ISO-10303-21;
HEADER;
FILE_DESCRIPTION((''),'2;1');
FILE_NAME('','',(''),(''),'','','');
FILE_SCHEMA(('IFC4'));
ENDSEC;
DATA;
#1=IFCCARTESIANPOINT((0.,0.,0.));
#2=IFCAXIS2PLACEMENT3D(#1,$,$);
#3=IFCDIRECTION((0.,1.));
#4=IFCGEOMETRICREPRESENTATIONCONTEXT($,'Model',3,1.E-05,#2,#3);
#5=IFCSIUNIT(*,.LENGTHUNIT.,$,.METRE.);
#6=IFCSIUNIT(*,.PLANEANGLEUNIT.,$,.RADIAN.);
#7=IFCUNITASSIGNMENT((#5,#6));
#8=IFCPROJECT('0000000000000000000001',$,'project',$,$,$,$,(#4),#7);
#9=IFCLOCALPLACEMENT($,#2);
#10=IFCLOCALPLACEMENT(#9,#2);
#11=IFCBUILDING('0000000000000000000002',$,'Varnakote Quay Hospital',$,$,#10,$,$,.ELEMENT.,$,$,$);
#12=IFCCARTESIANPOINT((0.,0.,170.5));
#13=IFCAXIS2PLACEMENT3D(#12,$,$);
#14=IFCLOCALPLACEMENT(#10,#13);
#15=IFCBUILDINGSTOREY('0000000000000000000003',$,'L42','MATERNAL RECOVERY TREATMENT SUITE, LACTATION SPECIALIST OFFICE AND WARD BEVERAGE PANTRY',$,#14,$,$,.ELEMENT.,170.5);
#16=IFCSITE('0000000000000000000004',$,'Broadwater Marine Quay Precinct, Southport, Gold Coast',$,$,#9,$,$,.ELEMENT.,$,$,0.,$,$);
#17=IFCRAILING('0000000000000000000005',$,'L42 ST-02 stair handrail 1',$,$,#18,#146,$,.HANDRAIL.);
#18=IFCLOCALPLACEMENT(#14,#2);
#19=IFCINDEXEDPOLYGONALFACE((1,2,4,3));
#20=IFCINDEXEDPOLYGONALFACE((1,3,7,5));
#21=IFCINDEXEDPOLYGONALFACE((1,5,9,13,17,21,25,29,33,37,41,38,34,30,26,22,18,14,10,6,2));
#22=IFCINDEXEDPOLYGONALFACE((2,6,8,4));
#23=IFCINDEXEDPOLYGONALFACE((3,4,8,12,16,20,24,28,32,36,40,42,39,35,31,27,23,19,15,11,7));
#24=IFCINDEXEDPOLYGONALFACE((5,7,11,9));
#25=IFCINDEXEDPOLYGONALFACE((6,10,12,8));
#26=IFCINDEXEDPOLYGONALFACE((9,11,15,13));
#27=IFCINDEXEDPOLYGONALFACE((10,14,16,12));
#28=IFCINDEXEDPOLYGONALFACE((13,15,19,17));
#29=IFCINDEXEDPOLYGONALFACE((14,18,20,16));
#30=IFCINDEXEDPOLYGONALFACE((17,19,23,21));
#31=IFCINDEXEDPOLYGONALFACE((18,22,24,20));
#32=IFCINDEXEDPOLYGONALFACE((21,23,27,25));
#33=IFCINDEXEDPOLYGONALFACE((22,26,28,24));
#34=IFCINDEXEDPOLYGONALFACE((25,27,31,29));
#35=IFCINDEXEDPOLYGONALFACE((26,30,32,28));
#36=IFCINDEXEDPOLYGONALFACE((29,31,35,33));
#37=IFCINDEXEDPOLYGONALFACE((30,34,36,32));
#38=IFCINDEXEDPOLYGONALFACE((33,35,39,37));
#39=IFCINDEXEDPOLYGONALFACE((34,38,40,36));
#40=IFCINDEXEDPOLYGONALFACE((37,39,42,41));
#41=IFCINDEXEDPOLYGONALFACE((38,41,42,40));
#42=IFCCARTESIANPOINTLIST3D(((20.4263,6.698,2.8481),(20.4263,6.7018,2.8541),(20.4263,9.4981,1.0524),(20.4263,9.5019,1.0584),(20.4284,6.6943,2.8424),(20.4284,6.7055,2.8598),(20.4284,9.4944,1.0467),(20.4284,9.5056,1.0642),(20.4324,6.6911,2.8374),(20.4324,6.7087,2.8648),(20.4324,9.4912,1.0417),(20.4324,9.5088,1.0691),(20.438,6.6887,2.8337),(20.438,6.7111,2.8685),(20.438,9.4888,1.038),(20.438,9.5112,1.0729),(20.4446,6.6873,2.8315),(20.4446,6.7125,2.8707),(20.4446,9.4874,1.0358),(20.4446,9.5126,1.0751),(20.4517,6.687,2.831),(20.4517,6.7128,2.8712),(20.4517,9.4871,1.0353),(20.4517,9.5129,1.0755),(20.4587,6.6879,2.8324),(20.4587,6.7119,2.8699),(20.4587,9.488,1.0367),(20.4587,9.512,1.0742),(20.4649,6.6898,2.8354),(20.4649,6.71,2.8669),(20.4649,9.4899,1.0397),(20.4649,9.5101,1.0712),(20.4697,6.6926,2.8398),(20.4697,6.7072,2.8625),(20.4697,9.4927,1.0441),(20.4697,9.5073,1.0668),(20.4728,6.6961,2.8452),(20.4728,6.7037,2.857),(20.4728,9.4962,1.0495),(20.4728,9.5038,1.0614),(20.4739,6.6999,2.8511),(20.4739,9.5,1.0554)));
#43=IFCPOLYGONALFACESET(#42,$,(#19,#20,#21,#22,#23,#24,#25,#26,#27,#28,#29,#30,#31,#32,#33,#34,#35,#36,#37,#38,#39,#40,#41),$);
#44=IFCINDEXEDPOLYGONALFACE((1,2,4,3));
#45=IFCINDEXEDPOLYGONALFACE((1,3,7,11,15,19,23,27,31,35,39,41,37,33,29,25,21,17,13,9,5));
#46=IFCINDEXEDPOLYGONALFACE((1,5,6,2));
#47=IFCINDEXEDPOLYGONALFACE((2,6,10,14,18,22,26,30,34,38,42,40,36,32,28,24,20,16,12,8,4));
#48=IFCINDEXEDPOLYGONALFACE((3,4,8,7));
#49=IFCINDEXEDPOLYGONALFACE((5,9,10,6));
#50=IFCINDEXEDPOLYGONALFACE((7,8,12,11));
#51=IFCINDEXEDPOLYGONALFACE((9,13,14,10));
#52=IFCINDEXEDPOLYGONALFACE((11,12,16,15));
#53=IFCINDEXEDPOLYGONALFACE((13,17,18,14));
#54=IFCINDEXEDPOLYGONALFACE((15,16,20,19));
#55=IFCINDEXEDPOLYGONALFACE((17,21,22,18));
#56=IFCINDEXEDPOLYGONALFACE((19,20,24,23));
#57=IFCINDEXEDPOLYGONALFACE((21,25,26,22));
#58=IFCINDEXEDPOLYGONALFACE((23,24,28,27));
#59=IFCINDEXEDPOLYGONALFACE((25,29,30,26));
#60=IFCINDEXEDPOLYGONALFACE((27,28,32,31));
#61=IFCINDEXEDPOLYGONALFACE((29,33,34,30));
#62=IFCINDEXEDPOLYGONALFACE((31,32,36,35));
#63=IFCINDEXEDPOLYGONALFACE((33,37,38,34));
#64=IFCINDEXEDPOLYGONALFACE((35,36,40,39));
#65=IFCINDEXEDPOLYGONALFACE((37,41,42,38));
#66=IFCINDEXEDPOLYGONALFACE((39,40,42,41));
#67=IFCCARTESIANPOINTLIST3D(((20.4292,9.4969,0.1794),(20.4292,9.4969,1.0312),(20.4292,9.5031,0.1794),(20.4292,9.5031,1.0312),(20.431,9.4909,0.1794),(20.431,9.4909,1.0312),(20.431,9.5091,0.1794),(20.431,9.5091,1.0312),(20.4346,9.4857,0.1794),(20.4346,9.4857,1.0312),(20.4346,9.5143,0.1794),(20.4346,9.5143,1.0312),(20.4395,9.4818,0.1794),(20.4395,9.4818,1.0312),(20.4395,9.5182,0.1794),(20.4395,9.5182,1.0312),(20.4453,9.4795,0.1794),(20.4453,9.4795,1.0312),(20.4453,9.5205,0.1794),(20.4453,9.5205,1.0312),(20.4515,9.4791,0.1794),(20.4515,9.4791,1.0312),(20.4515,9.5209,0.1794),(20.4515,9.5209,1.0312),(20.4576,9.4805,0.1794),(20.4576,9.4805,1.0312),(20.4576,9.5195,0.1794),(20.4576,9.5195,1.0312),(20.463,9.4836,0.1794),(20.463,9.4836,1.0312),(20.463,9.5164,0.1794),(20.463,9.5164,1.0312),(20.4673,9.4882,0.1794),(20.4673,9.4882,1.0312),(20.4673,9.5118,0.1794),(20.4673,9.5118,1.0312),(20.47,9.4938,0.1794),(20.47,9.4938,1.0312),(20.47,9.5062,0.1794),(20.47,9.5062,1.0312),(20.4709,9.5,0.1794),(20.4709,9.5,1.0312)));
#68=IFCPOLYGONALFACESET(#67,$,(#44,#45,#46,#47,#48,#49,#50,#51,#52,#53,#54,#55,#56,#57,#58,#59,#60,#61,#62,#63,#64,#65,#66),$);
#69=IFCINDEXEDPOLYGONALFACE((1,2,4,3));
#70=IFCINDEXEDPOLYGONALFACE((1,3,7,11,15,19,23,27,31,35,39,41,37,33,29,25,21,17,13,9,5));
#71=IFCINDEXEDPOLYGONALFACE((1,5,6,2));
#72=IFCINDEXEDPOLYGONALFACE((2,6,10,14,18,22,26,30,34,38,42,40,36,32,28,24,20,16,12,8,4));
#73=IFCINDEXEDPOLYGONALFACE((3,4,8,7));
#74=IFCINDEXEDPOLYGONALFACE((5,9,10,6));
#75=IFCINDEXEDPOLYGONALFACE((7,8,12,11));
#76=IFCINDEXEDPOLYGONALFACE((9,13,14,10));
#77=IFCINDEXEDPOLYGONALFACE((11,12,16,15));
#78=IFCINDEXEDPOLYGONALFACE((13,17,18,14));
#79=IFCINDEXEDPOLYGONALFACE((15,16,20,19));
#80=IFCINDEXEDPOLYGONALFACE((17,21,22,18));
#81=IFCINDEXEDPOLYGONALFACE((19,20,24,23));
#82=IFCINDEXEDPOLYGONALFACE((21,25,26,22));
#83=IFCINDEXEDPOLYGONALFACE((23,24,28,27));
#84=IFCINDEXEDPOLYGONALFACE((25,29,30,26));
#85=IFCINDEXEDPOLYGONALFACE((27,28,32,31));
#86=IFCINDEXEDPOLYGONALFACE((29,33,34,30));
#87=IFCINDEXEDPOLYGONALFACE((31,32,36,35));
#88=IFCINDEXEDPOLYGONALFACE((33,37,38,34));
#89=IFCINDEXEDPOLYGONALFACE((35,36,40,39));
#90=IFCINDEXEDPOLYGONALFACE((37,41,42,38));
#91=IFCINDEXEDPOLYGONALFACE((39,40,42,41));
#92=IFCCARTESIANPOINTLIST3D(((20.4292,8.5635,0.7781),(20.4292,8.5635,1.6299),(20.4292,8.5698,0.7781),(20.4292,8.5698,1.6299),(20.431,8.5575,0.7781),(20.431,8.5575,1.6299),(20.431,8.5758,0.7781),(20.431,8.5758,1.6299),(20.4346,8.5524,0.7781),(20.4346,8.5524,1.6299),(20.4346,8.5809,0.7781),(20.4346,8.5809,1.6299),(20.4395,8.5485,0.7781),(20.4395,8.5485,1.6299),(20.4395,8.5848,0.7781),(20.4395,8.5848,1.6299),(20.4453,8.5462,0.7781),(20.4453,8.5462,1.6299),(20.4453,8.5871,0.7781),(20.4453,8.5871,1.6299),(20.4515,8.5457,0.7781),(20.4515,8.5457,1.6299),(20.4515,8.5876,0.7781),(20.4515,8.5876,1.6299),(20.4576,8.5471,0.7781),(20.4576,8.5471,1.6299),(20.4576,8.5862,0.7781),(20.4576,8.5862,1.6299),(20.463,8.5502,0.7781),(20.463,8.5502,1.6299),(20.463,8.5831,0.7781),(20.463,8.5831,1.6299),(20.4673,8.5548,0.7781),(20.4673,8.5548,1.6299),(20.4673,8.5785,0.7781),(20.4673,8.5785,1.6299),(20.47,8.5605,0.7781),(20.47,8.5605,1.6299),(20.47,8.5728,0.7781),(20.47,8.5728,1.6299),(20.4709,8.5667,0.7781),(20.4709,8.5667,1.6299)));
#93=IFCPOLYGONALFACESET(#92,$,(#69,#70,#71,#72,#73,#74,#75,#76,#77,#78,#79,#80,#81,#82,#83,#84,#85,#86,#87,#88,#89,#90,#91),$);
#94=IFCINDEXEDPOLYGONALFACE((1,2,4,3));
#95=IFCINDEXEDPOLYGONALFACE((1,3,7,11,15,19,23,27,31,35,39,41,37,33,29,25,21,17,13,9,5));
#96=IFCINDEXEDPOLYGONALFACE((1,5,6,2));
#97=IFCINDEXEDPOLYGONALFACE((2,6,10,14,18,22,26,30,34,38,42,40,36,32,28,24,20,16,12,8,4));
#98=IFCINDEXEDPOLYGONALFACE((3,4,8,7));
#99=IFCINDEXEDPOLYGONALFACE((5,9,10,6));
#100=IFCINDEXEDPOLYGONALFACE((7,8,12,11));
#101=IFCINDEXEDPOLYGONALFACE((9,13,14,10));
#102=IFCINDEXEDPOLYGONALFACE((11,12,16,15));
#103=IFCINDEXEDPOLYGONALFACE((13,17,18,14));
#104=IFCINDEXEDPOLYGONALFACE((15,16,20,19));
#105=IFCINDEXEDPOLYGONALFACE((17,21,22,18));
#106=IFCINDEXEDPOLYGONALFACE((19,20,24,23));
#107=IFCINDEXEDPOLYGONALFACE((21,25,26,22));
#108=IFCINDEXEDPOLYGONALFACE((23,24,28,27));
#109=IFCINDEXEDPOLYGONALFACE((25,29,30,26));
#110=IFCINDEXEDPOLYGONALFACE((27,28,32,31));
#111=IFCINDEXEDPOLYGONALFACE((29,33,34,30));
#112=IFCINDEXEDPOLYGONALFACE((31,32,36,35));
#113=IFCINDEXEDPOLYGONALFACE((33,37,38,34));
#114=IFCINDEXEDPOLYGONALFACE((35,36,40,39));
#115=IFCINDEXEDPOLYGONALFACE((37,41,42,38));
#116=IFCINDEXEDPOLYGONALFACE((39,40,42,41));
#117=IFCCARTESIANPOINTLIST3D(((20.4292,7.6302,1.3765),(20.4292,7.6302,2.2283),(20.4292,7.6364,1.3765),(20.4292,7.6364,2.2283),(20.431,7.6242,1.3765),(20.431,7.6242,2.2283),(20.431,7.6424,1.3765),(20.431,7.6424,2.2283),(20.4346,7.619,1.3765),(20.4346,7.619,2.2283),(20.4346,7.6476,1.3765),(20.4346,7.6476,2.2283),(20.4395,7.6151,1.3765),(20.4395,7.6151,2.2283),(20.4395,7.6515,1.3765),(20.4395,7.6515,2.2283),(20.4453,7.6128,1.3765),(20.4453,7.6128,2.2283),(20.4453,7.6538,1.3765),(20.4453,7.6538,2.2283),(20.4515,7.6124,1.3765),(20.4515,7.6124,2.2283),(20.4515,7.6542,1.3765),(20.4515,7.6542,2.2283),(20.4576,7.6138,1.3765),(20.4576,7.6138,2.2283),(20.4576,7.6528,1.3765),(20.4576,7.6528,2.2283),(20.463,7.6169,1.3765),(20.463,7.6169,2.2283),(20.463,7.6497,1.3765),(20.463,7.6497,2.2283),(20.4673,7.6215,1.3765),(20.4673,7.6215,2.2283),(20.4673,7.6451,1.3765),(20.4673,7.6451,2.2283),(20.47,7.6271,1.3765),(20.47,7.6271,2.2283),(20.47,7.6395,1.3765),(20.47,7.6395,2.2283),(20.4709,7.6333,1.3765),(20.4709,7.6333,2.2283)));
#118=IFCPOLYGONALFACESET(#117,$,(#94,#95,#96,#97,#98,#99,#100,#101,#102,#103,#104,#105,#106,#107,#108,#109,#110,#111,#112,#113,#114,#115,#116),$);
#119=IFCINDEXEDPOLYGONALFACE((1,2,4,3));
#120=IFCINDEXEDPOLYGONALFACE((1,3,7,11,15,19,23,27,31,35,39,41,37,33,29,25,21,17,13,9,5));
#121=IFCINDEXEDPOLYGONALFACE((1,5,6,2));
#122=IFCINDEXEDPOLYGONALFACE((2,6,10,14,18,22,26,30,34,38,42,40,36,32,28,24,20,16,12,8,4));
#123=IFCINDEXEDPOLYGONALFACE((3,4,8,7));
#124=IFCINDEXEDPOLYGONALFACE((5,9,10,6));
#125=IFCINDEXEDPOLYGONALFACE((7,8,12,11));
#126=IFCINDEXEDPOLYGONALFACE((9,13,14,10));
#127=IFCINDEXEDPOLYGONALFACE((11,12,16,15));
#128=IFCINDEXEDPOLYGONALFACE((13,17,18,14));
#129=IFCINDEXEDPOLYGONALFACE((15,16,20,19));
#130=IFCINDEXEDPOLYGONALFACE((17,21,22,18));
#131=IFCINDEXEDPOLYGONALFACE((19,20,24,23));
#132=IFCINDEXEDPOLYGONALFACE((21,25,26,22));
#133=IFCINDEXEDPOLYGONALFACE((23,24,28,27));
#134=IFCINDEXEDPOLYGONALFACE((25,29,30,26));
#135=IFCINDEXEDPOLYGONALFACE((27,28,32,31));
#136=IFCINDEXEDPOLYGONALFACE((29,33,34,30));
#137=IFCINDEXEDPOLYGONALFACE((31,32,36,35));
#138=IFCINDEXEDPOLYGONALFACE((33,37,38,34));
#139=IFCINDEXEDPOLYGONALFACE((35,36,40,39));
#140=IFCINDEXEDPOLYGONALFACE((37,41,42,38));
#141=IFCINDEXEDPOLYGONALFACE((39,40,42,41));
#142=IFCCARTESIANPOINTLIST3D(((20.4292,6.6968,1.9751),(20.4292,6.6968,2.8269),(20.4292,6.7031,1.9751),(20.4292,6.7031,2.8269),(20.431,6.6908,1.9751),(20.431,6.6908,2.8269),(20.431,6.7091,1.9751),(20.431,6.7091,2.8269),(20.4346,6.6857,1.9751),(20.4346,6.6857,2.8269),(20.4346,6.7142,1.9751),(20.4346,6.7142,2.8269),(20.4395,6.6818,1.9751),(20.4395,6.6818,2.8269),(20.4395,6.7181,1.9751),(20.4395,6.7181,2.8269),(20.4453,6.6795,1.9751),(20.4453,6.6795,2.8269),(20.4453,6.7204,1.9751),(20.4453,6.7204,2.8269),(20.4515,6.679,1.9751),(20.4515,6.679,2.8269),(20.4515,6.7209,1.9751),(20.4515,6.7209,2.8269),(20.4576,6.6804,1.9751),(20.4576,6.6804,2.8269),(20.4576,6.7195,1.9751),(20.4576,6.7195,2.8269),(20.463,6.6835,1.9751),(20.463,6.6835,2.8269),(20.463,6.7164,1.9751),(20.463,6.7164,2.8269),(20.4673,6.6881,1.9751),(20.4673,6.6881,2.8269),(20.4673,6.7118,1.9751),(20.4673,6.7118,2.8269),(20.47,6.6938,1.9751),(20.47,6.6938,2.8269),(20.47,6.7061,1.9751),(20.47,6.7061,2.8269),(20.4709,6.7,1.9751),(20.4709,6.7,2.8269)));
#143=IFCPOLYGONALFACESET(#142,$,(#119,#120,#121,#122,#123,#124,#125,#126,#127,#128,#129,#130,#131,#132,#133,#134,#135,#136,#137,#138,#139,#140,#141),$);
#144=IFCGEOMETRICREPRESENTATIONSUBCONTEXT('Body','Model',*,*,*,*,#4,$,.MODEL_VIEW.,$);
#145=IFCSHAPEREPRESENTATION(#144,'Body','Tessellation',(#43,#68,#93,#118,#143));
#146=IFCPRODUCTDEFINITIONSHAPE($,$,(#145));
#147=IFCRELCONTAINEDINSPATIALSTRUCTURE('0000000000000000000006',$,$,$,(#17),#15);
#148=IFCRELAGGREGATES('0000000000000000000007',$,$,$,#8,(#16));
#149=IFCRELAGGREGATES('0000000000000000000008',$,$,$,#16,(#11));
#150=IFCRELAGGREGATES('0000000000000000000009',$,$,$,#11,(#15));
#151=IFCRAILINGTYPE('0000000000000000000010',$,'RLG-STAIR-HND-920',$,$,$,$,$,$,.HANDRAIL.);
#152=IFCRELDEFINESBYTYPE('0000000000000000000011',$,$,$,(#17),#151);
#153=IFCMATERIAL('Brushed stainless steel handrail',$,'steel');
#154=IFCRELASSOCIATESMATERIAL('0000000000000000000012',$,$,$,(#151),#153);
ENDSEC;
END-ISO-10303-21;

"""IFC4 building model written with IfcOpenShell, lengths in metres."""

from ifc_helpers import new_model, si_unit, direction, frame, origin, origin_2d, place, context, subcontext, project, spatial, circle, extrude, material, type_object, element, save


model = new_model("IFC4")

# Units and contexts
model_context = context("Model", 3, precision=1e-05, world=origin(), true_north=direction((0.0, 1.0)))
body_context = subcontext(model_context, "Body", "Model", "MODEL_VIEW")
ifc_project = project(units=[si_unit("LENGTHUNIT", "METRE"), si_unit("PLANEANGLEUNIT", "RADIAN")], contexts=[model_context])

# Site, building, storey
site_placement = place(None, origin())
site = spatial("IfcSite", under=ifc_project, at=site_placement, Name="Broadwater Marine Quay Precinct, Southport, Gold Coast", CompositionType="ELEMENT", RefElevation=0.0)
building_placement = place(site_placement, origin())
building = spatial("IfcBuilding", under=site, at=building_placement, Name="Varnakote Quay Hospital", CompositionType="ELEMENT")
storey_placement = place(building_placement, frame((0.0, 0.0, 170.5)))
storey = spatial("IfcBuildingStorey", under=building, at=storey_placement, Name="L42", Description="MATERNAL RECOVERY TREATMENT SUITE, LACTATION SPECIALIST OFFICE AND WARD BEVERAGE PANTRY", CompositionType="ELEMENT", Elevation=170.5)

# Railing
ifc_material_1 = material(Name="Brushed stainless steel handrail", Category="steel")
railing_type_1 = type_object("IfcRailingType", Name="RLG-STAIR-HND-920", PredefinedType="HANDRAIL", material=ifc_material_1)
railing_1_placement = place(storey_placement, frame((20.45, 9.5, 0.1794)))
element("IfcRailing", 1, at=railing_1_placement, inside=storey, type_object=railing_type_1, Name="L42 ST-02 stair handrail 1", PredefinedType="HANDRAIL", context=body_context, shape_type="SweptSolid", body=[
    extrude(circle(Radius=0.0239, at=origin_2d()), frame((0.0, 0.0, 0.876), z_axis=(0.0, -0.841777, 0.539826), x_axis=(1.0, 0.0, 0.0)), (0.0, 0.0, 1.0), 3.3264),
    extrude(circle(Radius=0.021, at=origin_2d()), origin(), (0.0, 0.0, 1.0), 0.8518),
    extrude(circle(Radius=0.021, at=origin_2d()), frame((0.0, -0.9333, 0.5986)), (0.0, 0.0, 1.0), 0.8518),
    extrude(circle(Radius=0.021, at=origin_2d()), frame((0.0, -1.8667, 1.197)), (0.0, 0.0, 1.0), 0.8518),
    extrude(circle(Radius=0.021, at=origin_2d()), frame((0.0, -2.8, 1.7957)), (0.0, 0.0, 1.0), 0.8518),
])

save(model, "model.ifc")
